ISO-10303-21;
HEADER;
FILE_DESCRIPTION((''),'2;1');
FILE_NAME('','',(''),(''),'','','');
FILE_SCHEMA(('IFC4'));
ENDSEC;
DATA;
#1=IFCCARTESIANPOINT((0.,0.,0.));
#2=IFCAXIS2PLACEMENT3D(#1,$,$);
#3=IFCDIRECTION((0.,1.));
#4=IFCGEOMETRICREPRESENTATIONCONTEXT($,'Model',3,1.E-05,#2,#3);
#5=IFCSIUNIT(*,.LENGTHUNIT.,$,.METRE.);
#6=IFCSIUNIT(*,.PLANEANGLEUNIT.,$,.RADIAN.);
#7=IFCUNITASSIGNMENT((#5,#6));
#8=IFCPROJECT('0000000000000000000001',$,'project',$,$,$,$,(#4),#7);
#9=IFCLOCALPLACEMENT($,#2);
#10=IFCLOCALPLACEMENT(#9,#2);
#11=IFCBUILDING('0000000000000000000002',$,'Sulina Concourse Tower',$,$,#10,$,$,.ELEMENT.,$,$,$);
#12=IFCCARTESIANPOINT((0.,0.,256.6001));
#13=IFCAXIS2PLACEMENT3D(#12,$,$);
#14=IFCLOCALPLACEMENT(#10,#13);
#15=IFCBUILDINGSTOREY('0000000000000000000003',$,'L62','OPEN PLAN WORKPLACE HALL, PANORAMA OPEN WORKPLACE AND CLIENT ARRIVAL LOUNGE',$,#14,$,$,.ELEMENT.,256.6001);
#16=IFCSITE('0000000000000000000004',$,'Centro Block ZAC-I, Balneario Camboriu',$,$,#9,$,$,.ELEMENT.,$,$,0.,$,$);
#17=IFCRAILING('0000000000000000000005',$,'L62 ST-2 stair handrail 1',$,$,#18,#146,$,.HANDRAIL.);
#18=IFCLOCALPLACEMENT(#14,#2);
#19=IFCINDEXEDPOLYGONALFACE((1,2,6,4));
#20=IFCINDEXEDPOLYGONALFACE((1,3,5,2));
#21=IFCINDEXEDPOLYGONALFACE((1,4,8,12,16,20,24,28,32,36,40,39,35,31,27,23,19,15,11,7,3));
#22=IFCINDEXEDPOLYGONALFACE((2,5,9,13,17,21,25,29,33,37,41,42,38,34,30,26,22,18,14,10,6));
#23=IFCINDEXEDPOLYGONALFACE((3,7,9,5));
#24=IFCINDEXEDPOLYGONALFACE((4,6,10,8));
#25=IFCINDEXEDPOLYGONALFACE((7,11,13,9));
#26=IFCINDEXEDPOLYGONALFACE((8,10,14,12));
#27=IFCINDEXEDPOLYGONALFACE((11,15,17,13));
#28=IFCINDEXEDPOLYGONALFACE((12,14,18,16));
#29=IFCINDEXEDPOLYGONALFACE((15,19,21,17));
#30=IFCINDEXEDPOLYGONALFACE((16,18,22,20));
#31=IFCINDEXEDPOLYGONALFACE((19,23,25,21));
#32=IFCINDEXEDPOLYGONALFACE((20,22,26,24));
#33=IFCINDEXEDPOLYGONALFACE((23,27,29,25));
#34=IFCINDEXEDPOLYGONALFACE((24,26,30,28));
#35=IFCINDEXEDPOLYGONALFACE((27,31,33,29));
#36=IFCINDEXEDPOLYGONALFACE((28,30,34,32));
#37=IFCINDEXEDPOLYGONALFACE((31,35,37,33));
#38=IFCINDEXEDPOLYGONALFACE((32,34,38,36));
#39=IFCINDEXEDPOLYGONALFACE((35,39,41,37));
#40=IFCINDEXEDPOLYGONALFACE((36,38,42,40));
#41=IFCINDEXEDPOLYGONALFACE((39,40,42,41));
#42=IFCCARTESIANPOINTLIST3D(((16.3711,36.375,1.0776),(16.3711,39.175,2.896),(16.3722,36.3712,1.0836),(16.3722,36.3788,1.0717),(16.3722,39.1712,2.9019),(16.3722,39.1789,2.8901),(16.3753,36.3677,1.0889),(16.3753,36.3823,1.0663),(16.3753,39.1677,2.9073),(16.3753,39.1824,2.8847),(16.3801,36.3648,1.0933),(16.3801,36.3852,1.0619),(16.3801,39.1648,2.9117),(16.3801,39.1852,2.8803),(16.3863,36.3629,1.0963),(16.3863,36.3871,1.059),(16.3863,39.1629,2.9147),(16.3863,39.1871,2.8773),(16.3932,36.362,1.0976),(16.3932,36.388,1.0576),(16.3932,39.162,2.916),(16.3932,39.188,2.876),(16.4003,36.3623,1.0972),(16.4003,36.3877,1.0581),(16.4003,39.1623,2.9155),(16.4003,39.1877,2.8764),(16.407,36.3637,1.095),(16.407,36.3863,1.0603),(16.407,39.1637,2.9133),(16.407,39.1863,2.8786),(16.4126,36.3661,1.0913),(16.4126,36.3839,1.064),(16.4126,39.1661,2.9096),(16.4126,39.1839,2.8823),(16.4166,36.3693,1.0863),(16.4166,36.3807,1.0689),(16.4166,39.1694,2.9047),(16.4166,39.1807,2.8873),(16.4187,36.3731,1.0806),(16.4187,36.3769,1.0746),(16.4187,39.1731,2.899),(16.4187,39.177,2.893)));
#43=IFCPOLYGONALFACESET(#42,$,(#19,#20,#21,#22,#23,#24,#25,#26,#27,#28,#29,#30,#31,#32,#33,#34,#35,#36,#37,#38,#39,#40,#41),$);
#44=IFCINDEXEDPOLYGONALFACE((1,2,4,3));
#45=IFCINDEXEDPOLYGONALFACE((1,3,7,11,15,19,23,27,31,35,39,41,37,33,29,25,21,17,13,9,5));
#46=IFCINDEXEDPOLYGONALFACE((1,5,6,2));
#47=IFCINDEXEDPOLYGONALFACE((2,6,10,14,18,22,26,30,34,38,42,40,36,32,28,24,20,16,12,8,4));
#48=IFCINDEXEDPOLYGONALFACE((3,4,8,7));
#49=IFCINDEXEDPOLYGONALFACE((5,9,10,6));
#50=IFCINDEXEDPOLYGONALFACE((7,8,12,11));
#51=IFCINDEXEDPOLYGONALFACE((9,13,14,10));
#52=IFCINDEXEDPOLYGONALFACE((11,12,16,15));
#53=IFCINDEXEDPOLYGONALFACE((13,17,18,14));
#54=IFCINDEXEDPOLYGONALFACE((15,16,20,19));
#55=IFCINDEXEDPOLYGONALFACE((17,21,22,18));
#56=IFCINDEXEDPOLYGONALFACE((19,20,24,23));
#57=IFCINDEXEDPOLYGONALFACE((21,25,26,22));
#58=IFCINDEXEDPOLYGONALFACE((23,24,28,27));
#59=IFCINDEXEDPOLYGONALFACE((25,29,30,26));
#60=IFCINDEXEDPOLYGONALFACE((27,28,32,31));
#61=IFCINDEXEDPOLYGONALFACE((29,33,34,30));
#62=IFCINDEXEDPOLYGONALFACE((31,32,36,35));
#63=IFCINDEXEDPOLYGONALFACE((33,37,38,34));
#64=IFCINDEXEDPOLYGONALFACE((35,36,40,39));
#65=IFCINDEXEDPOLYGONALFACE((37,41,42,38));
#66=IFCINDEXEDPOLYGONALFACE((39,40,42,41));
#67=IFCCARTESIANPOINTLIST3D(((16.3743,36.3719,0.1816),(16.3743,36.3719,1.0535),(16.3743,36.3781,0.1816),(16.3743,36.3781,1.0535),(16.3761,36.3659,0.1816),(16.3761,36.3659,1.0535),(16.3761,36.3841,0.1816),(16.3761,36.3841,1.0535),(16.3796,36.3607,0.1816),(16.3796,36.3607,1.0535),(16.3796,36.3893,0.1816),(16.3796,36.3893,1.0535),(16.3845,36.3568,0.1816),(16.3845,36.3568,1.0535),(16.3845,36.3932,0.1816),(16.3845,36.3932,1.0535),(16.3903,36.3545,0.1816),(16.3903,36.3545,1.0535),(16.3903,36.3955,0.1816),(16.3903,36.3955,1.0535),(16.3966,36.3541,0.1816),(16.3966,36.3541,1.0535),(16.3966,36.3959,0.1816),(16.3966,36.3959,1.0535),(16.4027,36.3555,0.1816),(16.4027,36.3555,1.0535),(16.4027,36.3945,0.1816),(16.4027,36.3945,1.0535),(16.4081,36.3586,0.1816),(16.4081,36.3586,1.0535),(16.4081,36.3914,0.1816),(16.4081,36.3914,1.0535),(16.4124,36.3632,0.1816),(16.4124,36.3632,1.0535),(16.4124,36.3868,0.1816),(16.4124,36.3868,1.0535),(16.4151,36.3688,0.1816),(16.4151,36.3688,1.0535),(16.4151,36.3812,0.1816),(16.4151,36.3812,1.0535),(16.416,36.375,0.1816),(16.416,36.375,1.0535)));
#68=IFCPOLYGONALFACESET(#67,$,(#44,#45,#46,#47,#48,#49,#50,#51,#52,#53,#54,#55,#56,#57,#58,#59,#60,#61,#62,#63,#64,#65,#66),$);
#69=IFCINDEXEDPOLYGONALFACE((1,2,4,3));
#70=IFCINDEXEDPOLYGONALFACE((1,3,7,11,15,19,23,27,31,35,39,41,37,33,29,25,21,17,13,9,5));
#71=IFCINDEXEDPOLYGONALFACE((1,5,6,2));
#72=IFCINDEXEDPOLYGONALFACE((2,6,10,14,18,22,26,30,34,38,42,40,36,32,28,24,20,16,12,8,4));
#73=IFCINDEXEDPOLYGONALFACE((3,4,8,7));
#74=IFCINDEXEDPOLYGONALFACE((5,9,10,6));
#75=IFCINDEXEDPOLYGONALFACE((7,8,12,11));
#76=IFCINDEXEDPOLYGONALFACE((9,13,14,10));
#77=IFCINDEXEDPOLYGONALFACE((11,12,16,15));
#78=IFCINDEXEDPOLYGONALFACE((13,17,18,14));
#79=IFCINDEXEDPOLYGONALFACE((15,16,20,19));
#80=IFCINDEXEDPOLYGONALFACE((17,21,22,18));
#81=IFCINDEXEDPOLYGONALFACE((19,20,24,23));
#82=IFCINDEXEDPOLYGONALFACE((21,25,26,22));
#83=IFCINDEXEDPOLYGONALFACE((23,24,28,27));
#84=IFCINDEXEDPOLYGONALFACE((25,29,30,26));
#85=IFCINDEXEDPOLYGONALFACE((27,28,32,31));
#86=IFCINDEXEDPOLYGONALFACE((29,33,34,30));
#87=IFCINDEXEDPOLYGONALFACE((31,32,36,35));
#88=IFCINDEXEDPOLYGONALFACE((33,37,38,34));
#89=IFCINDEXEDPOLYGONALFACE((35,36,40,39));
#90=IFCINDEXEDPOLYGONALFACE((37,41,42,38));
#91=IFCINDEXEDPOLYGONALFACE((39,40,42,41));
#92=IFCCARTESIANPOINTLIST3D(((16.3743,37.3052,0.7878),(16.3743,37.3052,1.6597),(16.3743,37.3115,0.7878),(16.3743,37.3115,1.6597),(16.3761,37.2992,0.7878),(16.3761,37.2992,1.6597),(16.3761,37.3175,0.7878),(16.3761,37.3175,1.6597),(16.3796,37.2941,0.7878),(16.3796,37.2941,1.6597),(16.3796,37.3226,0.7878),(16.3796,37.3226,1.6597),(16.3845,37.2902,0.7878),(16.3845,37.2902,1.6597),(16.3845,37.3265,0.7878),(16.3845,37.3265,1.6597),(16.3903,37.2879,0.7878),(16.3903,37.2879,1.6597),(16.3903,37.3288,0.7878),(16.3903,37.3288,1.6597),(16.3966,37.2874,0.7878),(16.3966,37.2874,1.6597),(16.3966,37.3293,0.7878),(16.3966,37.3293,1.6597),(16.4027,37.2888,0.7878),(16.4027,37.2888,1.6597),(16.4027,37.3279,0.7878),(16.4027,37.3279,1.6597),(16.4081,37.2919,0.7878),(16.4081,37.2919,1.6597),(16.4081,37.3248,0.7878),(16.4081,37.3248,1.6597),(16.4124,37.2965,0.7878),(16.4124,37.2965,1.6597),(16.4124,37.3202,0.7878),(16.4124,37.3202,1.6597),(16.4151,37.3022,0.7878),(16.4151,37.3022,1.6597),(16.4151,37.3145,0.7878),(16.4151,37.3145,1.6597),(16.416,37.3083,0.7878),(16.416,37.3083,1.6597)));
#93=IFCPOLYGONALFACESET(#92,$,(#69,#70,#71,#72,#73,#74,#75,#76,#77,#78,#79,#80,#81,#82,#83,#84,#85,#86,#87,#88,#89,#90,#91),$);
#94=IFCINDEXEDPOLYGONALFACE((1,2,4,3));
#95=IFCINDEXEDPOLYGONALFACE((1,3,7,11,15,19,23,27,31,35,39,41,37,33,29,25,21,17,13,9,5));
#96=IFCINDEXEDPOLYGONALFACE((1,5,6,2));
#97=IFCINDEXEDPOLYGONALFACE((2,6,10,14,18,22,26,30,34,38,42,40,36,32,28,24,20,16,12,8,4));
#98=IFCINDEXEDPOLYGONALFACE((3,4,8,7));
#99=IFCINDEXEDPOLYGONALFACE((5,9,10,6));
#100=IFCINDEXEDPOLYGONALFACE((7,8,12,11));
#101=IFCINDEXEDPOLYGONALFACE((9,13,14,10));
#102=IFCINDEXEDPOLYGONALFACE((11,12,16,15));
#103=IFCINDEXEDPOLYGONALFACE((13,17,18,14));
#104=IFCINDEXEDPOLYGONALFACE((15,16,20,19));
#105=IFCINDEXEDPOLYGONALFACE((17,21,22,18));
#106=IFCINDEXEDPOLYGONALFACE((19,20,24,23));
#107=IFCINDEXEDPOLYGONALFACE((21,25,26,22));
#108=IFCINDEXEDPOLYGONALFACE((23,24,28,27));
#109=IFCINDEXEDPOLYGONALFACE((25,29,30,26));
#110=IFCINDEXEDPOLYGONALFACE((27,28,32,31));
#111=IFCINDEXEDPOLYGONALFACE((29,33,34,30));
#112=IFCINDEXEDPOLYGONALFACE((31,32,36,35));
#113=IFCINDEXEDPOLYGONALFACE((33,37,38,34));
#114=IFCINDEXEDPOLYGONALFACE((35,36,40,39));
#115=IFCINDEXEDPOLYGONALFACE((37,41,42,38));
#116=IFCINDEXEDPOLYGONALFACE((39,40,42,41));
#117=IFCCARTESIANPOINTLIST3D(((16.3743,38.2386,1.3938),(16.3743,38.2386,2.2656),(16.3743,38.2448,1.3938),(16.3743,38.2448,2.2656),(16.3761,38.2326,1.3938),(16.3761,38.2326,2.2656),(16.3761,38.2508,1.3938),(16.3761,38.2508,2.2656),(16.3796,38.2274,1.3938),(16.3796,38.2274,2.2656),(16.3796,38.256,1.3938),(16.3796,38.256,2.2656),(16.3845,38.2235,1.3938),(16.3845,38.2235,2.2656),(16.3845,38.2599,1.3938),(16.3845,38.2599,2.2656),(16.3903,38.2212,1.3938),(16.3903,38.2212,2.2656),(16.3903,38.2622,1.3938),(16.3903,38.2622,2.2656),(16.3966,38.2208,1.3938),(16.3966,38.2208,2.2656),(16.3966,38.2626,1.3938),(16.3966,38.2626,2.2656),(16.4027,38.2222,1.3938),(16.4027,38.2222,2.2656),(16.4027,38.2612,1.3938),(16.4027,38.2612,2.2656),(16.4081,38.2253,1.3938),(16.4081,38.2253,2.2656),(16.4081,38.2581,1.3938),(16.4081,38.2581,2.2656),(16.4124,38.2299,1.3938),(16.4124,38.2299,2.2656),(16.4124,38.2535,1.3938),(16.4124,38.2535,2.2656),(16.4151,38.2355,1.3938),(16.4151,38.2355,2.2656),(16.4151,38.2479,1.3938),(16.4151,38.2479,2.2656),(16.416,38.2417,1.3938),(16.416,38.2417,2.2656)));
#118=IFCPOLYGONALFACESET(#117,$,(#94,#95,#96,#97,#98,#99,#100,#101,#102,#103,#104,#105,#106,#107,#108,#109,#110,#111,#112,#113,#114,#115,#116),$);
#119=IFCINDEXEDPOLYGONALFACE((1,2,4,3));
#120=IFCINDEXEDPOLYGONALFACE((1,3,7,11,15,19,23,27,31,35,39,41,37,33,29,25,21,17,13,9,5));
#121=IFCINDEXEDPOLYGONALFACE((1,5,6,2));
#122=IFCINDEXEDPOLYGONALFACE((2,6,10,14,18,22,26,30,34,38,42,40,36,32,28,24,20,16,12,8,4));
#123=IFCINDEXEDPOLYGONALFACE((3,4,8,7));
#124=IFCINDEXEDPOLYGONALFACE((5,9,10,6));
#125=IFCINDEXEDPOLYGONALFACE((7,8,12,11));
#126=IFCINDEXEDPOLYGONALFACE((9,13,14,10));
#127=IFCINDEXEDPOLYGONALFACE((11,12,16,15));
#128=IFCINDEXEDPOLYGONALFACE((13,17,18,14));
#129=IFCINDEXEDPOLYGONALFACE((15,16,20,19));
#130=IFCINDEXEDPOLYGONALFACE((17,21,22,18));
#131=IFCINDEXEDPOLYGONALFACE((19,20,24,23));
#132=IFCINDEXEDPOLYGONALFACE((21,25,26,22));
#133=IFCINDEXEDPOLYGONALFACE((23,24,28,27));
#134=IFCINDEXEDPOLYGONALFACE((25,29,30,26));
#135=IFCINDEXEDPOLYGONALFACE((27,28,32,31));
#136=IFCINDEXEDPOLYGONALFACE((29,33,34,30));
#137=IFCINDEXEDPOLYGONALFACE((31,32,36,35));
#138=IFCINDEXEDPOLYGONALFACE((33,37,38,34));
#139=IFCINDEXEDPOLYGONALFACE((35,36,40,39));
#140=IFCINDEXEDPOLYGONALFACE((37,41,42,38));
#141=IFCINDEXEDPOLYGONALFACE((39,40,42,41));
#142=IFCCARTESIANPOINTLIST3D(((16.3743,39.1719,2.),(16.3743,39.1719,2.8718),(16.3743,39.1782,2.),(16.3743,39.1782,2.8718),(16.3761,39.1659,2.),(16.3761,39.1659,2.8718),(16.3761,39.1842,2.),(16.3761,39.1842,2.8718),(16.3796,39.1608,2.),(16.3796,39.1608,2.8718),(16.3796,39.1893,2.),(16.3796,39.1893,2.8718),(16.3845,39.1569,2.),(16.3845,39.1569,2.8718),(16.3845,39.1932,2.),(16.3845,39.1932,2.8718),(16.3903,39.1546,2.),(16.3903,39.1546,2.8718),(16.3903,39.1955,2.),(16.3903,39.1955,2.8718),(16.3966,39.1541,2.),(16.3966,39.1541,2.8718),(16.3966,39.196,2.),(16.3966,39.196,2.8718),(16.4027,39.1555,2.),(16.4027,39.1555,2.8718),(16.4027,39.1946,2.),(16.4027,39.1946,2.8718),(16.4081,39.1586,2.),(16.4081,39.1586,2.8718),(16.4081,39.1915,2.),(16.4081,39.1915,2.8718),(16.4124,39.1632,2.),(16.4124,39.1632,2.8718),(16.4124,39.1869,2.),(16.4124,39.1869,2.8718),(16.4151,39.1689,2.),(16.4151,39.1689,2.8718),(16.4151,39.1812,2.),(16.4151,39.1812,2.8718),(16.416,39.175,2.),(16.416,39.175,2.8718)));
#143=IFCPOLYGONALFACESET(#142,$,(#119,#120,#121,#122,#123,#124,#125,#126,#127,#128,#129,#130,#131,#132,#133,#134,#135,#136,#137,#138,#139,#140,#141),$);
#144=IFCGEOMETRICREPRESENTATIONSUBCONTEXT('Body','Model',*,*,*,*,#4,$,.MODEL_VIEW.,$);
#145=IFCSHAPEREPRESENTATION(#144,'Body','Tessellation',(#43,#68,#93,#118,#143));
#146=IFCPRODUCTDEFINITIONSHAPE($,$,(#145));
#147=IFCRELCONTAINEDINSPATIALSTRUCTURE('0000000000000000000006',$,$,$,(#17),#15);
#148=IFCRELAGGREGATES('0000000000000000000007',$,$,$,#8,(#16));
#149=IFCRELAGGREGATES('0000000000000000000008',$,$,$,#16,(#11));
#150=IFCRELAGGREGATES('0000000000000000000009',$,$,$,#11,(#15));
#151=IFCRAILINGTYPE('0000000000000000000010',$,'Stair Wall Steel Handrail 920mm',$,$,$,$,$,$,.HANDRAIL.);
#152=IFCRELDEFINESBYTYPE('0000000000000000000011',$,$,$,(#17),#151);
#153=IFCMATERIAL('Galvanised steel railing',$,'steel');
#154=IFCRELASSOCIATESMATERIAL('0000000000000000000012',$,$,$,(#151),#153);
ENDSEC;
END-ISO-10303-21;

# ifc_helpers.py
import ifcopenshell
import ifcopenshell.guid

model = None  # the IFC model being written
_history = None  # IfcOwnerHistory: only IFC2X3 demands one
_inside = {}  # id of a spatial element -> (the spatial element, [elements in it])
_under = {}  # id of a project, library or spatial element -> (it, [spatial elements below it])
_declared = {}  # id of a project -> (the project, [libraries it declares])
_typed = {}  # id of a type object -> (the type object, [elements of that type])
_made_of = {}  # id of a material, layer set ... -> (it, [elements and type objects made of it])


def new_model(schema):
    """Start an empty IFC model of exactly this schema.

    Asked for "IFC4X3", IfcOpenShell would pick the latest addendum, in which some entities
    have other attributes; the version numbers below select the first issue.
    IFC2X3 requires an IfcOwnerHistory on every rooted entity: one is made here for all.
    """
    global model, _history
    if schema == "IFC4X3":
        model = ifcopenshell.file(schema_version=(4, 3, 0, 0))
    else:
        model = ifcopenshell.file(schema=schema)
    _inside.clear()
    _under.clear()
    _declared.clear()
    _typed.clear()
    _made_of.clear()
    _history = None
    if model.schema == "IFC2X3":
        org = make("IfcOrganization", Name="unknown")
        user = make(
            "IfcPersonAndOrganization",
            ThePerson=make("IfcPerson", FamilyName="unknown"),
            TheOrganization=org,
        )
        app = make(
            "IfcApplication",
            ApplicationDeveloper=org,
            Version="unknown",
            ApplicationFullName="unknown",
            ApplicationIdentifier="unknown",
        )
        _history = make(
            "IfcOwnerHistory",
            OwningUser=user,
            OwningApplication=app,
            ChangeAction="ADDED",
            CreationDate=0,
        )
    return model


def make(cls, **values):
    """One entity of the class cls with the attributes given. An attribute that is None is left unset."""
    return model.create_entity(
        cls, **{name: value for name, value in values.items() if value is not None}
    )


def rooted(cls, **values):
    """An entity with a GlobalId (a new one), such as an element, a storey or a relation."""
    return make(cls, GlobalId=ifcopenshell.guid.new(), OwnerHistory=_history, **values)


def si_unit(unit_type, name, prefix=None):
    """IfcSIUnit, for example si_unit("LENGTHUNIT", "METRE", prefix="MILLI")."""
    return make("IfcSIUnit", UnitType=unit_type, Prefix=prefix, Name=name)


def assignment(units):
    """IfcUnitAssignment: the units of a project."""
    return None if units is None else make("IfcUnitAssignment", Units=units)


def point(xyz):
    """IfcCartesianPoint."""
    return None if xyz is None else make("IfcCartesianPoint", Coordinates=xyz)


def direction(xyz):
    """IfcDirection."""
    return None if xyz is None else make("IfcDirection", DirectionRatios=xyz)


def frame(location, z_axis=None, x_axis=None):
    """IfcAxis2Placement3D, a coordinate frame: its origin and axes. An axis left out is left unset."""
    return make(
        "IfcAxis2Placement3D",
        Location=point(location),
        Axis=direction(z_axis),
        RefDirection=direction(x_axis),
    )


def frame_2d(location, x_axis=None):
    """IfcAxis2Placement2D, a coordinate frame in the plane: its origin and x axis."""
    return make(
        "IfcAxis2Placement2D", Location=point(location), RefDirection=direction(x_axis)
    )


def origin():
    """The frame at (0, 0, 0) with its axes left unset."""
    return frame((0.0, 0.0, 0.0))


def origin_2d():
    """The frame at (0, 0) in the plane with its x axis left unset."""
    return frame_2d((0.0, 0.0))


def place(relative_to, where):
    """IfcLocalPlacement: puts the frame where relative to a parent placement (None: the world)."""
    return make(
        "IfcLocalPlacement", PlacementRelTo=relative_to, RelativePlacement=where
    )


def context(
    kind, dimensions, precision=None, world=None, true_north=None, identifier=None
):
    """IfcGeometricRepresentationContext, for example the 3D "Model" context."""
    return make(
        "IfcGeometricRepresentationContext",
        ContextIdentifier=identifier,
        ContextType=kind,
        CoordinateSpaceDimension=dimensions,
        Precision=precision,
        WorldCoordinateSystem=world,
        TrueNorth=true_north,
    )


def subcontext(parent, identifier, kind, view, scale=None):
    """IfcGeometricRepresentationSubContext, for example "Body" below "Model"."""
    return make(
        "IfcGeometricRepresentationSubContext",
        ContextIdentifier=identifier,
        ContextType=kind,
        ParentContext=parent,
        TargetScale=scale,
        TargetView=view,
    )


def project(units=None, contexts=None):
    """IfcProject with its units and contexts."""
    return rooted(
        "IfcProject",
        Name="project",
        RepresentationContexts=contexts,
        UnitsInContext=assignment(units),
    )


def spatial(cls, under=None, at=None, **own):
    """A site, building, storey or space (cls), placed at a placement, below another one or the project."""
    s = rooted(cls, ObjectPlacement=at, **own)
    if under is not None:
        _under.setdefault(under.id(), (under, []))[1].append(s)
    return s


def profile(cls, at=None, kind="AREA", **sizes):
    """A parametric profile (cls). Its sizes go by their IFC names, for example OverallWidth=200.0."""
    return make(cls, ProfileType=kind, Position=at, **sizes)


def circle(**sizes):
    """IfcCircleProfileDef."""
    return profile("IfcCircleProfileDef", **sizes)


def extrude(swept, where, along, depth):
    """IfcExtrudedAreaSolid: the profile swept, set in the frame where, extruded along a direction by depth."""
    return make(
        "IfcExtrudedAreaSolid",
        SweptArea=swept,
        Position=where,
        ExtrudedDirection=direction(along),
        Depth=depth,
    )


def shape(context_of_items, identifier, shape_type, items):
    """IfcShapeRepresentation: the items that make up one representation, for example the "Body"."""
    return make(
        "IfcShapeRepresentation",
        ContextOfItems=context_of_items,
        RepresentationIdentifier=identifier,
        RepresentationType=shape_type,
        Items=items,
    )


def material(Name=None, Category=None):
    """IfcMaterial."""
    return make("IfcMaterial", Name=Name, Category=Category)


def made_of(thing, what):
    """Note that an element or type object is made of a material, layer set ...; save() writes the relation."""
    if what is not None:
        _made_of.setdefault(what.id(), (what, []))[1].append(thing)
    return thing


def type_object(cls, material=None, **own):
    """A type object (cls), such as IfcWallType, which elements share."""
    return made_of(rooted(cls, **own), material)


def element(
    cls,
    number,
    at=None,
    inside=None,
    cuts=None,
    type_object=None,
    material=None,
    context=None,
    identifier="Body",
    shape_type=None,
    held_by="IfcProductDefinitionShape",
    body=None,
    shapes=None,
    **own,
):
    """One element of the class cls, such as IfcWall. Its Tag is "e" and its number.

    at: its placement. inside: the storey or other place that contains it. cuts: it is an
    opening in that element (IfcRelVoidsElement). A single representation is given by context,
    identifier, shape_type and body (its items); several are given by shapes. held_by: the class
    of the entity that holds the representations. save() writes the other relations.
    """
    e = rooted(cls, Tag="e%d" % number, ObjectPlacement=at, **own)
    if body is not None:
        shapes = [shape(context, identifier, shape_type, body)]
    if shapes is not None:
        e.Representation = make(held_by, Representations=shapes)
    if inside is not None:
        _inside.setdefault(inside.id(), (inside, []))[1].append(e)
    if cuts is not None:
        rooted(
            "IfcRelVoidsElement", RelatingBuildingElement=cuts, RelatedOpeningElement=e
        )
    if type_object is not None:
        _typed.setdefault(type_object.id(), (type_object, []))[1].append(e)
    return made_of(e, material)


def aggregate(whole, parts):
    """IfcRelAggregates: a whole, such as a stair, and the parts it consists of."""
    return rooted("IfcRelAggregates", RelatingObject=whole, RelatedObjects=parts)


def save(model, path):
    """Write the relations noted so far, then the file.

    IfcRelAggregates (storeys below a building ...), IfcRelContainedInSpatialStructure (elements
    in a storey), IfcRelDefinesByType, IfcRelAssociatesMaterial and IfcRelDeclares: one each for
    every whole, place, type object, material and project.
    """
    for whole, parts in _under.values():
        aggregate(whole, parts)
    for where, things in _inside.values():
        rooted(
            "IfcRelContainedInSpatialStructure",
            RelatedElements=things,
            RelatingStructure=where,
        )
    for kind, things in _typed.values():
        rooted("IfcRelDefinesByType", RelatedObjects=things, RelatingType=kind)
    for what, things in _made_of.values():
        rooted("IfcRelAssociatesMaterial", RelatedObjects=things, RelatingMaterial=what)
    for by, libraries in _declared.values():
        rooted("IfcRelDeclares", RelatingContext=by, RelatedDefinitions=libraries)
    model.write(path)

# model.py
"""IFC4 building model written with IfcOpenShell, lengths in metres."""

from ifc_helpers import new_model, si_unit, direction, frame, origin, origin_2d, place, context, subcontext, project, spatial, circle, extrude, material, type_object, element, save


model = new_model("IFC4")

# Units and contexts
model_context = context("Model", 3, precision=1e-05, world=origin(), true_north=direction((0.0, 1.0)))
body_context = subcontext(model_context, "Body", "Model", "MODEL_VIEW")
ifc_project = project(units=[si_unit("LENGTHUNIT", "METRE"), si_unit("PLANEANGLEUNIT", "RADIAN")], contexts=[model_context])

# Site, building, storey
site_placement = place(None, origin())
site = spatial("IfcSite", under=ifc_project, at=site_placement, Name="Centro Block ZAC-I, Balneario Camboriu", CompositionType="ELEMENT", RefElevation=0.0)
building_placement = place(site_placement, origin())
building = spatial("IfcBuilding", under=site, at=building_placement, Name="Sulina Concourse Tower", CompositionType="ELEMENT")
storey_placement = place(building_placement, frame((0.0, 0.0, 256.6001)))
storey = spatial("IfcBuildingStorey", under=building, at=storey_placement, Name="L62", Description="OPEN PLAN WORKPLACE HALL, PANORAMA OPEN WORKPLACE AND CLIENT ARRIVAL LOUNGE", CompositionType="ELEMENT", Elevation=256.6001)

# Railing
ifc_material_1 = material(Name="Galvanised steel railing", Category="steel")
railing_type_1 = type_object("IfcRailingType", Name="Stair Wall Steel Handrail 920mm", PredefinedType="HANDRAIL", material=ifc_material_1)
railing_1_placement = place(storey_placement, frame((16.395, 36.375, 0.1816)))
element("IfcRailing", 1, at=railing_1_placement, inside=storey, type_object=railing_type_1, Name="L62 ST-2 stair handrail 1", PredefinedType="HANDRAIL", context=body_context, shape_type="SweptSolid", body=[
    extrude(circle(Radius=0.0239, at=origin_2d()), frame((0.0, 0.0, 0.896), z_axis=(0.0, 0.838672, 0.544636), x_axis=(-1.0, 0.0, 0.0)), (0.0, 0.0, 1.0), 3.3386),
    extrude(circle(Radius=0.021, at=origin_2d()), origin(), (0.0, 0.0, 1.0), 0.8718),
    extrude(circle(Radius=0.021, at=origin_2d()), frame((0.0, 0.9333, 0.6062)), (0.0, 0.0, 1.0), 0.8718),
    extrude(circle(Radius=0.021, at=origin_2d()), frame((0.0, 1.8667, 1.2122)), (0.0, 0.0, 1.0), 0.8718),
    extrude(circle(Radius=0.021, at=origin_2d()), frame((0.0, 2.8, 1.8184)), (0.0, 0.0, 1.0), 0.8718),
])

save(model, "model.ifc")
